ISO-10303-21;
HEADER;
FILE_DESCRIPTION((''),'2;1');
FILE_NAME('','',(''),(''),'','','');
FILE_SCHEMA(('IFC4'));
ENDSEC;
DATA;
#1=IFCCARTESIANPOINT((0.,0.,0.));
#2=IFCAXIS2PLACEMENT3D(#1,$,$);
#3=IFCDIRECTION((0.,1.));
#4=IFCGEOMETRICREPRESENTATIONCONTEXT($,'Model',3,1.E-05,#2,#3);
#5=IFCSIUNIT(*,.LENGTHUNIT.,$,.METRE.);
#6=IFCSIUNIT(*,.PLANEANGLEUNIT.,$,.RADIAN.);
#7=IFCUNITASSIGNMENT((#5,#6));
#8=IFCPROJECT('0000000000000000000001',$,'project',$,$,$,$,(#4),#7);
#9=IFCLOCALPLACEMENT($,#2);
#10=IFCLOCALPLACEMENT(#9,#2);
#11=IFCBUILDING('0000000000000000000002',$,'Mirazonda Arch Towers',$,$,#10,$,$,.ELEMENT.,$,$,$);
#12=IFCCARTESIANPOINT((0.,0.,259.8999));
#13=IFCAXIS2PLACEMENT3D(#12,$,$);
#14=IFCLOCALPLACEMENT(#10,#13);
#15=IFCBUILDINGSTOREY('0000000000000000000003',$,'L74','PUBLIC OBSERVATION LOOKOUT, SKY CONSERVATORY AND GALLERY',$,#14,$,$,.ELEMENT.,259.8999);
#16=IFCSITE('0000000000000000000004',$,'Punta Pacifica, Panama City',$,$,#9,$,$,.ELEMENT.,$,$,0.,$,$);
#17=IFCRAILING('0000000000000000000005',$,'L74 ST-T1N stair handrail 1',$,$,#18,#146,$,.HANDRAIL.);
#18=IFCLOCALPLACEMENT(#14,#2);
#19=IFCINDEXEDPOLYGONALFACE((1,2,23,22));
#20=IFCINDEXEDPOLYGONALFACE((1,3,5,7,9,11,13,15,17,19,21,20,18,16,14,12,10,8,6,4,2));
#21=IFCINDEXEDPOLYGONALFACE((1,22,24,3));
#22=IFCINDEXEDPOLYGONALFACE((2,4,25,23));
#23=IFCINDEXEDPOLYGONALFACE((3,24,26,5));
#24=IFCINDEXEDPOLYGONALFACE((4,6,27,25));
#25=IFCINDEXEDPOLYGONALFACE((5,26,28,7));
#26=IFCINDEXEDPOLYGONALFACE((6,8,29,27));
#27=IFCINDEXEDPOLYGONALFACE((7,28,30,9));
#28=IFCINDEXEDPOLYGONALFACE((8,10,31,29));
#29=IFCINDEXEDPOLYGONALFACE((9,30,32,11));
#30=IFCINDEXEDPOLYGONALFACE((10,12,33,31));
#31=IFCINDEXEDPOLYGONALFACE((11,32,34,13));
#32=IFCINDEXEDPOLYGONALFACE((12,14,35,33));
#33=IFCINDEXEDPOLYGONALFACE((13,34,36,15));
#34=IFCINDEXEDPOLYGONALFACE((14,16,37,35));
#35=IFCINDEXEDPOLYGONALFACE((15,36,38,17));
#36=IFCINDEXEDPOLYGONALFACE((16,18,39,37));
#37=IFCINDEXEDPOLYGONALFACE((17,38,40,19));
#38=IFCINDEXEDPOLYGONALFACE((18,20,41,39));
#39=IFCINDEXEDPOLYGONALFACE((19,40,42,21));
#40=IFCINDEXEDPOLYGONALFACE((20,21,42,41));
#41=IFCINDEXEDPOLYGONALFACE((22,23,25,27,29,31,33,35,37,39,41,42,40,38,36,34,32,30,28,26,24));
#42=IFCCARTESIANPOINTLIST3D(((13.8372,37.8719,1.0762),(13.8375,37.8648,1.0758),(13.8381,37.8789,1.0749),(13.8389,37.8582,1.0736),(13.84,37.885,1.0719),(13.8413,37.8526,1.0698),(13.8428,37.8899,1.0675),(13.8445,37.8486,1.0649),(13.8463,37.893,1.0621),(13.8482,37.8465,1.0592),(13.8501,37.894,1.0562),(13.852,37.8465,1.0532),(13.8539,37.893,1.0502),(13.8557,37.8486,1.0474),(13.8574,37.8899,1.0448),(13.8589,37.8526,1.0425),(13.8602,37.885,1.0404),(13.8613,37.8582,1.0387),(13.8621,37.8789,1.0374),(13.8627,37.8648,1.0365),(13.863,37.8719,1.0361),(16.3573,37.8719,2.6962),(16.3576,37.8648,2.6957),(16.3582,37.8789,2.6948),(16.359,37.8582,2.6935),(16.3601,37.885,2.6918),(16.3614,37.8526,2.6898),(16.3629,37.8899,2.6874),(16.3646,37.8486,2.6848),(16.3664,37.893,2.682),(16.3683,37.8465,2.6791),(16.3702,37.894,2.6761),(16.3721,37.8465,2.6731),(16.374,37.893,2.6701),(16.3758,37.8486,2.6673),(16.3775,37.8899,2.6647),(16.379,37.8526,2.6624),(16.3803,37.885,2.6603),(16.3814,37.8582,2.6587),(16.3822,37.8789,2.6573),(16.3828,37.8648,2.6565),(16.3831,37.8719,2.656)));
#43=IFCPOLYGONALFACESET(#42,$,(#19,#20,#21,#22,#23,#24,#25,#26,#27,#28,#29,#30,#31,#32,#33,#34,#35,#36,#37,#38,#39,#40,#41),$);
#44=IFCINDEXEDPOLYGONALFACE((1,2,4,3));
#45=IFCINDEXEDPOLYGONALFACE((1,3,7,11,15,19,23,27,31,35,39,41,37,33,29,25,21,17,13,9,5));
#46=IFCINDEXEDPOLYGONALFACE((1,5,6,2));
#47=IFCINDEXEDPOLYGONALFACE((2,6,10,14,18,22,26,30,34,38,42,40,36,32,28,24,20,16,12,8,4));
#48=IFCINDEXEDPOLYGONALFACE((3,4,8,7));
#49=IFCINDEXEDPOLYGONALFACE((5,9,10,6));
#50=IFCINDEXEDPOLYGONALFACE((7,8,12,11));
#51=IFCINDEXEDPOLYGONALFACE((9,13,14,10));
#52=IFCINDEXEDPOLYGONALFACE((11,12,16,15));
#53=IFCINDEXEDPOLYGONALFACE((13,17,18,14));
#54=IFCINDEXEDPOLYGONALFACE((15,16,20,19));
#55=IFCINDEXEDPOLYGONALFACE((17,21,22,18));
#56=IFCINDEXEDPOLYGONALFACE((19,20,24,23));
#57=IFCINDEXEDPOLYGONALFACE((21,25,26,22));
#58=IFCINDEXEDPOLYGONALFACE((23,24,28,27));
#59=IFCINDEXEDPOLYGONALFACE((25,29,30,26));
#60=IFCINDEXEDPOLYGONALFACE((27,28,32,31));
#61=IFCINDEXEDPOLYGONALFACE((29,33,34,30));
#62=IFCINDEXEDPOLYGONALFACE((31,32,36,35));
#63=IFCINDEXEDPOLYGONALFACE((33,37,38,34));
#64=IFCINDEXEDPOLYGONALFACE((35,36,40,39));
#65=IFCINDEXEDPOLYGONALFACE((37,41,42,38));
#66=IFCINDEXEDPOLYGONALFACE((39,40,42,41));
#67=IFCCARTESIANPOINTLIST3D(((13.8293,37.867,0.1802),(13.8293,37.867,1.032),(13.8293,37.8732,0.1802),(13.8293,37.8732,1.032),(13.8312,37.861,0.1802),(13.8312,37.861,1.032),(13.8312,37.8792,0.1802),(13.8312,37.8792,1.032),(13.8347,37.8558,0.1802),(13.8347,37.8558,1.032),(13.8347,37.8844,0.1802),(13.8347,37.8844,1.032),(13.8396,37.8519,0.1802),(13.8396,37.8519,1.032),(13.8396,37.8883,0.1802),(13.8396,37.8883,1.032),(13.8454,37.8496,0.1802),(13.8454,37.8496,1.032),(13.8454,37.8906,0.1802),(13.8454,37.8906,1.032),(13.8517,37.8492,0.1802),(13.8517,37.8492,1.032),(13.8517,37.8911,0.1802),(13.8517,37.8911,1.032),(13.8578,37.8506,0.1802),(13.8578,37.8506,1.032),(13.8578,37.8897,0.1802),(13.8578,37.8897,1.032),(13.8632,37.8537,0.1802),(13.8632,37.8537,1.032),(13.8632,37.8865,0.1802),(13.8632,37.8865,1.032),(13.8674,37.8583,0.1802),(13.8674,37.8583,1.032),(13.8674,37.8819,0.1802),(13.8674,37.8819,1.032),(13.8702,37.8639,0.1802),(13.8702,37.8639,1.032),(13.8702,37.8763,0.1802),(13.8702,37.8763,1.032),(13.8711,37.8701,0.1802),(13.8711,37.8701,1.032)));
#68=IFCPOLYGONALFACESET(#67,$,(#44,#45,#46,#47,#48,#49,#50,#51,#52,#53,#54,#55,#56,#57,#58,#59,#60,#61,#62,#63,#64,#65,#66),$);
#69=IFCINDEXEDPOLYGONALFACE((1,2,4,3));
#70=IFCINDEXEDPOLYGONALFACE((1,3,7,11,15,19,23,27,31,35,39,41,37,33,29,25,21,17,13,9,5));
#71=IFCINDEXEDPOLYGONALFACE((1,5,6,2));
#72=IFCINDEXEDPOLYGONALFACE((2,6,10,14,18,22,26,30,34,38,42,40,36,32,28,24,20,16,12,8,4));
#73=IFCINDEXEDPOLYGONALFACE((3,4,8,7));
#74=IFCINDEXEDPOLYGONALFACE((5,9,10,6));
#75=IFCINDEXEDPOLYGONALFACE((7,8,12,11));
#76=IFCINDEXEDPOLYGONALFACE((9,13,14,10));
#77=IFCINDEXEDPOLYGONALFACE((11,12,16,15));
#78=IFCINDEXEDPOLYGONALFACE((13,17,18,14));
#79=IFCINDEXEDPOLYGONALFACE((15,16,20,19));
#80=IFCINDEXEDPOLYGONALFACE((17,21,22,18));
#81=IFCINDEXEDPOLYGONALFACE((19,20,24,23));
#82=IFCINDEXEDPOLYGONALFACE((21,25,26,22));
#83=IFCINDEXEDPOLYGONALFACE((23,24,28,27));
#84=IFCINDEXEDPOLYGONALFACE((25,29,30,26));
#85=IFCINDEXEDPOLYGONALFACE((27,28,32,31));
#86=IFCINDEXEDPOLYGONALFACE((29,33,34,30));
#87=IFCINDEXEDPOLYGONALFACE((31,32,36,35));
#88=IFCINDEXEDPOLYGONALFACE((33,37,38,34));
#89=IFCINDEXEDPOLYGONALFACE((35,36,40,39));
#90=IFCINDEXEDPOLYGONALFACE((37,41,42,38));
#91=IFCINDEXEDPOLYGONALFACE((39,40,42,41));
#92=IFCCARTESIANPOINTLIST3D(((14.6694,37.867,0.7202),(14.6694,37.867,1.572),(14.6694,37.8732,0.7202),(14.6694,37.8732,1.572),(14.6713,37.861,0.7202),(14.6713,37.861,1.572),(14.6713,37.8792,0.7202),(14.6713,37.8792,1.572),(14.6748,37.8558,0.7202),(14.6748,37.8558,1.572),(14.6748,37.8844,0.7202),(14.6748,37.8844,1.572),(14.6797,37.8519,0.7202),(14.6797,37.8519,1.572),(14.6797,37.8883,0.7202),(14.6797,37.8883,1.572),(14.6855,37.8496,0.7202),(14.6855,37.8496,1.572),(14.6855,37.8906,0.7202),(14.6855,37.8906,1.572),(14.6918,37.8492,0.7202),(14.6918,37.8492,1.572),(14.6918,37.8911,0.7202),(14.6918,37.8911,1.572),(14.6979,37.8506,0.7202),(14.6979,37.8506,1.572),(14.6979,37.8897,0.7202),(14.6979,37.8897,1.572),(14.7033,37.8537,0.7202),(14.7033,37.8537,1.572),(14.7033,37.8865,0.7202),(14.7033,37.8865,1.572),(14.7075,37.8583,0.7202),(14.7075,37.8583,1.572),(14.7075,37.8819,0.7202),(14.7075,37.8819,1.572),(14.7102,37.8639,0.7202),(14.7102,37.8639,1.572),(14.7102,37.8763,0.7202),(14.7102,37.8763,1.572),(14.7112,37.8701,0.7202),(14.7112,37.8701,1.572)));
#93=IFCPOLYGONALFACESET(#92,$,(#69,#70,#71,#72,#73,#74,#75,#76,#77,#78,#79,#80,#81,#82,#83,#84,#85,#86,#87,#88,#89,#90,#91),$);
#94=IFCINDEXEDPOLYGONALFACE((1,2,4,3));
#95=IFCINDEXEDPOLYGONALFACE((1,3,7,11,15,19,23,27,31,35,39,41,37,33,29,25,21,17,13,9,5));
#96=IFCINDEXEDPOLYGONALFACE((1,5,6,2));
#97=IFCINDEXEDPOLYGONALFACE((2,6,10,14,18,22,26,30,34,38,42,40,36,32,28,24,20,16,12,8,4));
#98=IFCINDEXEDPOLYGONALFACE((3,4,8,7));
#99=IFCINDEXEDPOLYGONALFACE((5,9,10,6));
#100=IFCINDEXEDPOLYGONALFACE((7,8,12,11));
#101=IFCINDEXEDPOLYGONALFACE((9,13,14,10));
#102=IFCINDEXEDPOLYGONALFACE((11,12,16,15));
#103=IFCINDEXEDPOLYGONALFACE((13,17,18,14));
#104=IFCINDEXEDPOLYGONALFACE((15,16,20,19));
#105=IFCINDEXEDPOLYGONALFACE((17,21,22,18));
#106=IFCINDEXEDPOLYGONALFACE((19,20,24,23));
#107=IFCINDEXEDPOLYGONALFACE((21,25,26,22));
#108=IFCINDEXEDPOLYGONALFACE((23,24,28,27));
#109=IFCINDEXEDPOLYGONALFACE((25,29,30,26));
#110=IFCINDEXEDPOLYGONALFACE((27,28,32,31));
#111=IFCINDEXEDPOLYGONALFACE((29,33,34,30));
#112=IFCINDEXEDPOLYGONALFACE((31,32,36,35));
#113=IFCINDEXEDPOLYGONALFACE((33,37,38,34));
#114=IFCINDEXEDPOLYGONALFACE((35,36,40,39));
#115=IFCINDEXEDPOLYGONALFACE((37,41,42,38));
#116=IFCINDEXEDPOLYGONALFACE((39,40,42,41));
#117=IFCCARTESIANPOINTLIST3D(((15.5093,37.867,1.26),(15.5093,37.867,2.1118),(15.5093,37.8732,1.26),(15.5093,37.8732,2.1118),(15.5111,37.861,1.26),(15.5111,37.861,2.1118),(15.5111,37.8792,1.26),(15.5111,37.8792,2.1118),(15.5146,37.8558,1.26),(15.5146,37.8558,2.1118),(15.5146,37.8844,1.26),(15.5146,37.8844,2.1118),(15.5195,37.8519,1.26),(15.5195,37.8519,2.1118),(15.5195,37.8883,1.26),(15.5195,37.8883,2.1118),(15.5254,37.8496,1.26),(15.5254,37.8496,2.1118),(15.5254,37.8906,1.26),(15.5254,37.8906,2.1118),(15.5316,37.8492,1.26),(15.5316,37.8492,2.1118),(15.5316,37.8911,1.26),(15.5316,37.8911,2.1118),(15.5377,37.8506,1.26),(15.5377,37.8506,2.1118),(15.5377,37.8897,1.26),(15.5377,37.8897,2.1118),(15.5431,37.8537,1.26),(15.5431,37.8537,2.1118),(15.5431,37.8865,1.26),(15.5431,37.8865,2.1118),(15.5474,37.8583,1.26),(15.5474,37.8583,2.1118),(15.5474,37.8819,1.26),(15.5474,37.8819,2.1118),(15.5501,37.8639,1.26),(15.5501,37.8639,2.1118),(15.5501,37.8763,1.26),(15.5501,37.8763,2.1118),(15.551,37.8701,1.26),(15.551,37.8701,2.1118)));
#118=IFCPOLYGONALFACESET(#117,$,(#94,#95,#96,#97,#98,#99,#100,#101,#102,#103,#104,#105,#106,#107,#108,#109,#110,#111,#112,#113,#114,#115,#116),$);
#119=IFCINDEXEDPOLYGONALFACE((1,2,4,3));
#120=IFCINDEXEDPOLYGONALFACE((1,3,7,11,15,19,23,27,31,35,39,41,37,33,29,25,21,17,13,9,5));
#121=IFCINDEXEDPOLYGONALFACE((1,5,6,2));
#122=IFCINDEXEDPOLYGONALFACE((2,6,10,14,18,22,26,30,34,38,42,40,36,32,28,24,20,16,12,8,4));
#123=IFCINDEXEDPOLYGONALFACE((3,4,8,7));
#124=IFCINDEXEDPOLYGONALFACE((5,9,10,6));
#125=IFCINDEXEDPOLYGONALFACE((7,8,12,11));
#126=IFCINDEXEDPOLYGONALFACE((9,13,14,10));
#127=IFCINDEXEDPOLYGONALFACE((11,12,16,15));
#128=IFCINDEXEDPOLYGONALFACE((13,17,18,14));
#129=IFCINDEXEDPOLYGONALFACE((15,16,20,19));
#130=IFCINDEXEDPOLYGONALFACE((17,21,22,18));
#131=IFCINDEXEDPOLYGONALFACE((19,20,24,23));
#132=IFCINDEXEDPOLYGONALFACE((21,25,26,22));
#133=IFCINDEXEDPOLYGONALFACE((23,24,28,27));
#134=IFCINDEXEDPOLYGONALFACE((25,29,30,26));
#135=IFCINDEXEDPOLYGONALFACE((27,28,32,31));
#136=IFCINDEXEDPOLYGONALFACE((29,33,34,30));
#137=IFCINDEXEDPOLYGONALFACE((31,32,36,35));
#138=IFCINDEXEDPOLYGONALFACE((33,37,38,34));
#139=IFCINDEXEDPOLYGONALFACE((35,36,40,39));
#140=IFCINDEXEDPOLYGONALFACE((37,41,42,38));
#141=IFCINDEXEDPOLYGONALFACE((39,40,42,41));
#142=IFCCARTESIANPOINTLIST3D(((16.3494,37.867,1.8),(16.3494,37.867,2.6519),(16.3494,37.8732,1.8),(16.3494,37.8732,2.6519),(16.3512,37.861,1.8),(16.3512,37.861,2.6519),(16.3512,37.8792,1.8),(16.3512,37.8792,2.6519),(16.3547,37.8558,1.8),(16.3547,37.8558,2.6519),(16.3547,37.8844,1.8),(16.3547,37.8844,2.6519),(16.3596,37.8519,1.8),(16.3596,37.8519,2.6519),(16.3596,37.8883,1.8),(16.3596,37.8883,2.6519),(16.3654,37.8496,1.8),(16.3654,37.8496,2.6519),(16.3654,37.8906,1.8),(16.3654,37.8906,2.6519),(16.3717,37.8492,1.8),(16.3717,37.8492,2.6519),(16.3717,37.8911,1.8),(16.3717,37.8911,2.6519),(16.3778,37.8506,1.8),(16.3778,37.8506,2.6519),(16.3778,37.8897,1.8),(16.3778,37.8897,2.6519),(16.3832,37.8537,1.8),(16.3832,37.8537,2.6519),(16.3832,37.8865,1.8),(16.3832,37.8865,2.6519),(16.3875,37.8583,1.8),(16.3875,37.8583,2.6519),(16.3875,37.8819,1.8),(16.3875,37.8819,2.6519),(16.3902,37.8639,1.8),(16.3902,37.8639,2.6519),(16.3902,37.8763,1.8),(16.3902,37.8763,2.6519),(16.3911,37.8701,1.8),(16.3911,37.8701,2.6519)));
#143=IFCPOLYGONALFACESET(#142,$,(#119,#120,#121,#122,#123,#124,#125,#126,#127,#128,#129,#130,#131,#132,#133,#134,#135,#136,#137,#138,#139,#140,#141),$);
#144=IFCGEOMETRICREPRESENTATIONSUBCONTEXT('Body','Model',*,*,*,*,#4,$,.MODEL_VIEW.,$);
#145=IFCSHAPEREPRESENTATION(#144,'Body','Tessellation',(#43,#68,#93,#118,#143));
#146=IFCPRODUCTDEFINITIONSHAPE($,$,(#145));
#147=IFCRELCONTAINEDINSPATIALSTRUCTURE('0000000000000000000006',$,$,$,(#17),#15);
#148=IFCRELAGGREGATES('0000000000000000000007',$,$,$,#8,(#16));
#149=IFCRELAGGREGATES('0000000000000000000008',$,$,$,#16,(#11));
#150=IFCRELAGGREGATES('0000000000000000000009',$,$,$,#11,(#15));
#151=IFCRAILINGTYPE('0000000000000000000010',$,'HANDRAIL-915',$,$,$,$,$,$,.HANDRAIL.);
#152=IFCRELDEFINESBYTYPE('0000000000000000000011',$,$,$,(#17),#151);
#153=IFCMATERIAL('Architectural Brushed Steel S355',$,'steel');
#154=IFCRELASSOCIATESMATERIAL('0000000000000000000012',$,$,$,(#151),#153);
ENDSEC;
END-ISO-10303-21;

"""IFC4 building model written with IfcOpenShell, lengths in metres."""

from ifc_helpers import new_model, si_unit, direction, frame, origin, origin_2d, place, context, subcontext, project, spatial, circle, extrude, material, type_object, element, save


model = new_model("IFC4")

# Units and contexts
model_context = context("Model", 3, precision=1e-05, world=origin(), true_north=direction((0.0, 1.0)))
body_context = subcontext(model_context, "Body", "Model", "MODEL_VIEW")
ifc_project = project(units=[si_unit("LENGTHUNIT", "METRE"), si_unit("PLANEANGLEUNIT", "RADIAN")], contexts=[model_context])

# Site, building, storey
site_placement = place(None, origin())
site = spatial("IfcSite", under=ifc_project, at=site_placement, Name="Punta Pacifica, Panama City", CompositionType="ELEMENT", RefElevation=0.0)
building_placement = place(site_placement, origin())
building = spatial("IfcBuilding", under=site, at=building_placement, Name="Mirazonda Arch Towers", CompositionType="ELEMENT")
storey_placement = place(building_placement, frame((0.0, 0.0, 259.8999)))
storey = spatial("IfcBuildingStorey", under=building, at=storey_placement, Name="L74", Description="PUBLIC OBSERVATION LOOKOUT, SKY CONSERVATORY AND GALLERY", CompositionType="ELEMENT", Elevation=259.8999)

# Shared definitions
ifc_material_1 = material(Name="Architectural Brushed Steel S355", Category="steel")

# Railing
railing_type = type_object("IfcRailingType", Name="HANDRAIL-915", PredefinedType="HANDRAIL", material=ifc_material_1)
railing_placement = place(storey_placement, frame((13.8501, 37.8701, 0.1802)))
element("IfcRailing", 1, at=railing_placement, inside=storey, type_object=railing_type, Name="L74 ST-T1N stair handrail 1", PredefinedType="HANDRAIL", context=body_context, shape_type="SweptSolid", body=[
    extrude(circle(Radius=0.0239, at=origin_2d()), frame((0.0, 0.0, 0.876), z_axis=(0.8412, 0.0, 0.540725), x_axis=(0.0, 1.0, 0.0)), (0.0, 0.0, 1.0), 2.9958),
    extrude(circle(Radius=0.021, at=origin_2d()), origin(), (0.0, 0.0, 1.0), 0.8518),
    extrude(circle(Radius=0.021, at=origin_2d()), frame((0.8401, 0.0, 0.54)), (0.0, 0.0, 1.0), 0.8518),
    extrude(circle(Radius=0.021, at=origin_2d()), frame((1.6799, 0.0, 1.0798)), (0.0, 0.0, 1.0), 0.8518),
    extrude(circle(Radius=0.021, at=origin_2d()), frame((2.52, 0.0, 1.6199)), (0.0, 0.0, 1.0), 0.8518),
])

save(model, "model.ifc")
